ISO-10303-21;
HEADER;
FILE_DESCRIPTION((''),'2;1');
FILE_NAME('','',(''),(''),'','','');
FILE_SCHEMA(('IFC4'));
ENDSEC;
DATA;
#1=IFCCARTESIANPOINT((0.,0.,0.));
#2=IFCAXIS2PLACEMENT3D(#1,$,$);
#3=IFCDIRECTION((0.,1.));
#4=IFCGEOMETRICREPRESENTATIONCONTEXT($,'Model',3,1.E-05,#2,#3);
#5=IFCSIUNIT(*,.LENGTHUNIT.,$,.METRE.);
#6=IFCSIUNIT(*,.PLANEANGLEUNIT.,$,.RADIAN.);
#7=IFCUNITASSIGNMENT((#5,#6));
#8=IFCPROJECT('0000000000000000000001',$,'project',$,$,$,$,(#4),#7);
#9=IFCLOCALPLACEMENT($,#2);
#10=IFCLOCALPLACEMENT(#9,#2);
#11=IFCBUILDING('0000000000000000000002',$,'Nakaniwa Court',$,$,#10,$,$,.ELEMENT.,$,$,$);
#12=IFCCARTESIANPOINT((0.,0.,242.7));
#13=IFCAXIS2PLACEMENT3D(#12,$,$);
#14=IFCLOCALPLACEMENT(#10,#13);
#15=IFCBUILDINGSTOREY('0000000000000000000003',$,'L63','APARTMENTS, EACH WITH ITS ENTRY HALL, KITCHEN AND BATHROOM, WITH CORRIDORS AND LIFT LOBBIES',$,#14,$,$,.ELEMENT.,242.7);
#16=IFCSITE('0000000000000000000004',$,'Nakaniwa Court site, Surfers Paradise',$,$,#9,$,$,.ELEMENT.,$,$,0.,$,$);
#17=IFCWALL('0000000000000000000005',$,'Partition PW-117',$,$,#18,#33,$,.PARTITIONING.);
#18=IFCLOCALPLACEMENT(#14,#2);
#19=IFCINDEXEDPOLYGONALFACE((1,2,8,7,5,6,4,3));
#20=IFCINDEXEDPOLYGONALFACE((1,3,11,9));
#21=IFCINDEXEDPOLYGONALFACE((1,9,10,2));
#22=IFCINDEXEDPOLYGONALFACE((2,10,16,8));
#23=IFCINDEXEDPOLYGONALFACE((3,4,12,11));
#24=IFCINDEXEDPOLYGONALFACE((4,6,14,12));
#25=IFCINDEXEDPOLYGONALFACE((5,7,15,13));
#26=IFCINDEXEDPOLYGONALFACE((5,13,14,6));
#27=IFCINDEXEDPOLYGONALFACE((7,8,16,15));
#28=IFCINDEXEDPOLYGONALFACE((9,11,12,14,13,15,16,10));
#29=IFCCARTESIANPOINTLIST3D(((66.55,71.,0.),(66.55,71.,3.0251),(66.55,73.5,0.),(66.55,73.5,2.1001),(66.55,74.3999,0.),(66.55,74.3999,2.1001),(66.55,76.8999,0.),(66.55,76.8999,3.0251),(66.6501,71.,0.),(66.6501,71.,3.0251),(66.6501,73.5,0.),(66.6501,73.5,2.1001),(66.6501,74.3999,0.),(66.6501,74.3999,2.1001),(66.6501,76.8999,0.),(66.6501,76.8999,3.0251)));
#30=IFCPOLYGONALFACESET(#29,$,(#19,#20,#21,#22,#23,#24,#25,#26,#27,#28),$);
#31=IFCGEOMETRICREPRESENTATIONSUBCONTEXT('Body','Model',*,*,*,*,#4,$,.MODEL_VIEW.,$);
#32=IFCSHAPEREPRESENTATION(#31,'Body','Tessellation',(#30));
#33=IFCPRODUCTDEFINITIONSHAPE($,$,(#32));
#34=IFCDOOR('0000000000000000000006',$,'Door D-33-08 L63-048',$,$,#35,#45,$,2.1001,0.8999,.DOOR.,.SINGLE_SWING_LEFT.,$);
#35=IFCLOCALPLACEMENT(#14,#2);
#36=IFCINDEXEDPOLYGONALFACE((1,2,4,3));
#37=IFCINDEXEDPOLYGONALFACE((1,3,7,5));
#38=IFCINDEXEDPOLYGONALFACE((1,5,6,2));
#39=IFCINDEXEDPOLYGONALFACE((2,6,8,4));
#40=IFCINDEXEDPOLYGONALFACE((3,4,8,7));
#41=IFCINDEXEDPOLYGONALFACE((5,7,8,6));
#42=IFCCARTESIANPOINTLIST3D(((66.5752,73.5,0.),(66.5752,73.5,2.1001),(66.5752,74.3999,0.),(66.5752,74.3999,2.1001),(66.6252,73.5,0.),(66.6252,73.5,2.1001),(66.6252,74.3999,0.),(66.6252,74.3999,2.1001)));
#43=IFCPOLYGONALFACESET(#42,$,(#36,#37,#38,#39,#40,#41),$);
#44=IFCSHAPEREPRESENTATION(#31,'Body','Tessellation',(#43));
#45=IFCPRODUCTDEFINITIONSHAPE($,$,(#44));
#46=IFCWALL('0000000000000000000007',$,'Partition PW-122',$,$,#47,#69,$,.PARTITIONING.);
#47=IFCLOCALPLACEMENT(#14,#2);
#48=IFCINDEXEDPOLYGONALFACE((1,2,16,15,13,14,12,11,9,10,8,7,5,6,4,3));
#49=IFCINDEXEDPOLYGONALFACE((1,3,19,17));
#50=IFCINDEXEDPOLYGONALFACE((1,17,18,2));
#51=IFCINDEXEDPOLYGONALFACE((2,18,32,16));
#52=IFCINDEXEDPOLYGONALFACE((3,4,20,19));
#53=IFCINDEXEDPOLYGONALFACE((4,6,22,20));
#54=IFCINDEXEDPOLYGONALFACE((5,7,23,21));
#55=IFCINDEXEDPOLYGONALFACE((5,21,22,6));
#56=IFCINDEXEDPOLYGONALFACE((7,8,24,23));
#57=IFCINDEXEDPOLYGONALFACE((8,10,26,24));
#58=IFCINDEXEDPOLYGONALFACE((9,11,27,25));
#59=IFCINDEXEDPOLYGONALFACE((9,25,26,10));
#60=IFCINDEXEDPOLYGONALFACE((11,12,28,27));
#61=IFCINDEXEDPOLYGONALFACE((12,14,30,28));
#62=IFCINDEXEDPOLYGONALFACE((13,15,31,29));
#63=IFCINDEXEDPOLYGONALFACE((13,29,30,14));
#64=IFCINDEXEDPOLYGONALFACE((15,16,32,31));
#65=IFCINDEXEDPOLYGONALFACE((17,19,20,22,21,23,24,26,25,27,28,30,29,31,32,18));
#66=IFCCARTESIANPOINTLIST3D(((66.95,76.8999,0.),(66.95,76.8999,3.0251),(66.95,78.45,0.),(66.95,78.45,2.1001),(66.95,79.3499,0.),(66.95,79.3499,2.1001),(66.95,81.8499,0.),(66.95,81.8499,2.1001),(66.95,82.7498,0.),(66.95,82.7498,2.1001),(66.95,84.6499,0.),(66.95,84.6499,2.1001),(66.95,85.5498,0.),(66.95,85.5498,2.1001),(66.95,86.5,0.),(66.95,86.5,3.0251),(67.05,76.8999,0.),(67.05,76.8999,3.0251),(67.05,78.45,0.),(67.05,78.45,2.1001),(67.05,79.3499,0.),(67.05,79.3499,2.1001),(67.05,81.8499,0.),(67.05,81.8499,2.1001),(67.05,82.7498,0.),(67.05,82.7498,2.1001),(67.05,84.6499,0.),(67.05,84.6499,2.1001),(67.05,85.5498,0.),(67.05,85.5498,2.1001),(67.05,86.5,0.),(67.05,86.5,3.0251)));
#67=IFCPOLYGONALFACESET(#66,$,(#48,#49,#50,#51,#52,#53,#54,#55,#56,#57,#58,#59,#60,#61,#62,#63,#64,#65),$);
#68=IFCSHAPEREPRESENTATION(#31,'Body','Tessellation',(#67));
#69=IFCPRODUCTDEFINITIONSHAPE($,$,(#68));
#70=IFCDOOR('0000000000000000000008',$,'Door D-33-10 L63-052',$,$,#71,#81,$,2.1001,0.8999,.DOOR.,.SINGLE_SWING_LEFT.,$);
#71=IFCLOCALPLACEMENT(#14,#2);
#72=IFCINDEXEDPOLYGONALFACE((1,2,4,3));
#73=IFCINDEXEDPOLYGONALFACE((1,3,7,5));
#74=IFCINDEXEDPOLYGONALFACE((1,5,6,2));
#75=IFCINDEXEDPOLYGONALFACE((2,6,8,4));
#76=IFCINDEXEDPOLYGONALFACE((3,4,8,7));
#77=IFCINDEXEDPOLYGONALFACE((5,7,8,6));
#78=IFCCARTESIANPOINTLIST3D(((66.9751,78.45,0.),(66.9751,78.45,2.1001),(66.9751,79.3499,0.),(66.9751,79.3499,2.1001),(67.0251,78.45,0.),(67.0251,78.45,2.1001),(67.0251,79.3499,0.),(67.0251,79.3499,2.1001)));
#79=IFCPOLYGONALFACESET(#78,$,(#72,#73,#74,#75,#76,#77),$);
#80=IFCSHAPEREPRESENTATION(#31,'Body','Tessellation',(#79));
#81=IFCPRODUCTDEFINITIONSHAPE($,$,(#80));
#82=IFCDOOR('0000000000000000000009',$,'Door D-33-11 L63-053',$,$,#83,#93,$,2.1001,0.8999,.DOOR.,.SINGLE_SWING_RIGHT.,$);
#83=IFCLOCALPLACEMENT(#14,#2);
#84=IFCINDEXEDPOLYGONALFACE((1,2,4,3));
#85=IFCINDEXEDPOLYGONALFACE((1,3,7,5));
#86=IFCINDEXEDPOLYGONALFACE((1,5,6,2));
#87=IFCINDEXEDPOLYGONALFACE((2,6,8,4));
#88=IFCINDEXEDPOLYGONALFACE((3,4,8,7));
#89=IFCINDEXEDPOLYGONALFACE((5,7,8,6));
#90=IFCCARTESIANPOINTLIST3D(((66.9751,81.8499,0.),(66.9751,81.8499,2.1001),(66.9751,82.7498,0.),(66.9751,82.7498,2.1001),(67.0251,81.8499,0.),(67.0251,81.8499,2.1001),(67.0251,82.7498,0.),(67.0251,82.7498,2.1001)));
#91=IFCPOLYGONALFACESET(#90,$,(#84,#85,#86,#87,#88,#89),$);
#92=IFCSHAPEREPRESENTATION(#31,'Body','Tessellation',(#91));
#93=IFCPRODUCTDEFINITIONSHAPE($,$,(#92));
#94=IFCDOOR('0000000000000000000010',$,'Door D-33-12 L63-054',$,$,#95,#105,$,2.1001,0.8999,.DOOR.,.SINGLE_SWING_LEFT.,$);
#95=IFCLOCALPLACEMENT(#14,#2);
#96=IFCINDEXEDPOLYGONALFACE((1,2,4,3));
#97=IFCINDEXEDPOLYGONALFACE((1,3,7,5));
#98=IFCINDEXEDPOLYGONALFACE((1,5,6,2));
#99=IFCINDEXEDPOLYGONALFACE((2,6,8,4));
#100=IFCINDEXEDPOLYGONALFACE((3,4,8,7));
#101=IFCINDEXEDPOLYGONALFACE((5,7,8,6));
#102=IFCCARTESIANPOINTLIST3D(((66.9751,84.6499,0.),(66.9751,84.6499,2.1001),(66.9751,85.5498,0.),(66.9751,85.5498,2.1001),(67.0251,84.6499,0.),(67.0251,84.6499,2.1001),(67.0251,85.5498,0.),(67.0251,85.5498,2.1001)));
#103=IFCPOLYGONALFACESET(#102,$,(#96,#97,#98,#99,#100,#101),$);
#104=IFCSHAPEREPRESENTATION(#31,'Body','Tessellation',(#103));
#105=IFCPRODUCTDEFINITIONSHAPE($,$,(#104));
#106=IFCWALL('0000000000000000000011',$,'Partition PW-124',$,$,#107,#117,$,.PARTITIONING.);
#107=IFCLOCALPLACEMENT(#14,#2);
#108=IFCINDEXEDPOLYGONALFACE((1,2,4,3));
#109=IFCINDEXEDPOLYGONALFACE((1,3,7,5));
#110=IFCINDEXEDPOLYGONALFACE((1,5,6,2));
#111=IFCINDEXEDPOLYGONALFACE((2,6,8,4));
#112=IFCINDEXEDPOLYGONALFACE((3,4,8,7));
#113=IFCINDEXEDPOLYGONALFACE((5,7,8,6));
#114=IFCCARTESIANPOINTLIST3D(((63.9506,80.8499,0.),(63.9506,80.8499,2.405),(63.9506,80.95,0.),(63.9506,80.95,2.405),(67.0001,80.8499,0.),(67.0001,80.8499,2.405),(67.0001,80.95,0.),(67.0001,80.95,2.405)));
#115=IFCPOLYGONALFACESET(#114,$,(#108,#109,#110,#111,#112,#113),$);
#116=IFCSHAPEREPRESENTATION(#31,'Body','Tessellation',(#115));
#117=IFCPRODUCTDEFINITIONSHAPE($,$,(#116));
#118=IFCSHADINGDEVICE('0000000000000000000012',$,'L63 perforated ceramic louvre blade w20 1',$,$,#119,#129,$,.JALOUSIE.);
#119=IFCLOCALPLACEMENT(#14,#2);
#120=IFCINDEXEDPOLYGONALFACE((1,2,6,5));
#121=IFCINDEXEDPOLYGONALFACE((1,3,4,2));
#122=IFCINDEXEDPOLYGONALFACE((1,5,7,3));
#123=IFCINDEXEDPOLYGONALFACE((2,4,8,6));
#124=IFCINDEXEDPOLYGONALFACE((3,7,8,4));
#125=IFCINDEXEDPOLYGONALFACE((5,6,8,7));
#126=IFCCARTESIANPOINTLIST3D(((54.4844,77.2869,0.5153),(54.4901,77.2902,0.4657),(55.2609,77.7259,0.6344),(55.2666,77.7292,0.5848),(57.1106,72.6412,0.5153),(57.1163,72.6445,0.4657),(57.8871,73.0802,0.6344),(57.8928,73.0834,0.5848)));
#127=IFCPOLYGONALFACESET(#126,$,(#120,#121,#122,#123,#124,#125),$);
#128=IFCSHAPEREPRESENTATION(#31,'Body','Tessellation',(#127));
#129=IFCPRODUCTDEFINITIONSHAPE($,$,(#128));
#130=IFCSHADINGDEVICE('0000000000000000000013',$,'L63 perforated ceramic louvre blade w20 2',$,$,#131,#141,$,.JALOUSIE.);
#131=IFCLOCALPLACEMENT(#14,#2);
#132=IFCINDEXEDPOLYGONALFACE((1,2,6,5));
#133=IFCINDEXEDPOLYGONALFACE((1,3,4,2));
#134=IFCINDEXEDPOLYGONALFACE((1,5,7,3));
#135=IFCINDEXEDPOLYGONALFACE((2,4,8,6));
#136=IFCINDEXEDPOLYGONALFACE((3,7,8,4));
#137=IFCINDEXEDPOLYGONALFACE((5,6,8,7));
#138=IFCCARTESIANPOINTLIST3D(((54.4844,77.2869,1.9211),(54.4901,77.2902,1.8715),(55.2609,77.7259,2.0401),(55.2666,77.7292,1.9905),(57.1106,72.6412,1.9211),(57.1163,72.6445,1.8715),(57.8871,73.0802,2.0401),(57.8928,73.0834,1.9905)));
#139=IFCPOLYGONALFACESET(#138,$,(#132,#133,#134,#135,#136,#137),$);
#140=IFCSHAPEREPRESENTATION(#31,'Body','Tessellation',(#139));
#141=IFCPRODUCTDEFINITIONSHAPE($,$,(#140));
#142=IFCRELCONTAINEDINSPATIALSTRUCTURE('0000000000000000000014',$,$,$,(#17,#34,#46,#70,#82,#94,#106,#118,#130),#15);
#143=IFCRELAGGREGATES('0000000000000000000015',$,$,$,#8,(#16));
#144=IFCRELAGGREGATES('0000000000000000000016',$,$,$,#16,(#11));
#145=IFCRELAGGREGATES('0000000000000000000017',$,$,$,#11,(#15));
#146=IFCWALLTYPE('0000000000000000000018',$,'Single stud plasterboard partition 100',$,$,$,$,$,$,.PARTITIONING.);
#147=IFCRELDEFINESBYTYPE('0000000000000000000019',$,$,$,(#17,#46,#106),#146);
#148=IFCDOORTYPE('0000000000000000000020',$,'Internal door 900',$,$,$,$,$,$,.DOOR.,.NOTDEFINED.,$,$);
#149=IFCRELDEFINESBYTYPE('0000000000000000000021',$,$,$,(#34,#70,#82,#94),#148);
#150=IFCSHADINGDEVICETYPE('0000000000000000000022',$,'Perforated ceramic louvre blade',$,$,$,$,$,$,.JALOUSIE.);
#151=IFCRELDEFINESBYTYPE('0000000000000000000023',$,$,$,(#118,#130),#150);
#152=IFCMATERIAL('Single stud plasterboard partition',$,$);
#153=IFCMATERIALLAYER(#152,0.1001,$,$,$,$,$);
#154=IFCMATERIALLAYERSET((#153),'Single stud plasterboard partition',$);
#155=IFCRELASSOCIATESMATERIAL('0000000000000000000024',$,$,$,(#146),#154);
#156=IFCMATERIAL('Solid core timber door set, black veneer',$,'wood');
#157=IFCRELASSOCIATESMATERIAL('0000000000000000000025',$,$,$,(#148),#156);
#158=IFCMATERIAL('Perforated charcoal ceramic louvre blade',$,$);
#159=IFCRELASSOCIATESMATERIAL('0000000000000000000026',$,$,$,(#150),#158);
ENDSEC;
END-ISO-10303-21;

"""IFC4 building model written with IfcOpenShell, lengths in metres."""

from ifc_helpers import new_model, si_unit, direction, frame, frame_2d, origin, origin_2d, place, context, subcontext, project, spatial, rectangle, extrude, material, layer, layer_set, material_profile, profile_set, type_object, element, fill, save


model = new_model("IFC4")

# Units and contexts
model_context = context("Model", 3, precision=1e-05, world=origin(), true_north=direction((0.0, 1.0)))
body_context = subcontext(model_context, "Body", "Model", "MODEL_VIEW")
ifc_project = project(units=[si_unit("LENGTHUNIT", "METRE"), si_unit("PLANEANGLEUNIT", "RADIAN")], contexts=[model_context])

# Site, building, storey
site_placement = place(None, origin())
site = spatial("IfcSite", under=ifc_project, at=site_placement, Name="Nakaniwa Court site, Surfers Paradise", CompositionType="ELEMENT", RefElevation=0.0)
building_placement = place(site_placement, origin())
building = spatial("IfcBuilding", under=site, at=building_placement, Name="Nakaniwa Court", CompositionType="ELEMENT")
storey_placement = place(building_placement, frame((0.0, 0.0, 242.7)))
storey = spatial("IfcBuildingStorey", under=building, at=storey_placement, Name="L63", Description="APARTMENTS, EACH WITH ITS ENTRY HALL, KITCHEN AND BATHROOM, WITH CORRIDORS AND LIFT LOBBIES", CompositionType="ELEMENT", Elevation=242.7)

# Shared definitions
ifc_material_1 = material(Name="Single stud plasterboard partition")
ifc_layer_1 = layer(ifc_material_1, 0.1001)
ifc_layer_set_1 = layer_set([ifc_layer_1], Name="Single stud plasterboard partition")
wall_type_1 = type_object("IfcWallType", Name="Single stud plasterboard partition 100", PredefinedType="PARTITIONING", material=ifc_layer_set_1)

# Shared definitions
ifc_material_2 = material(Name="Solid core timber door set, black veneer", Category="wood")
door_type = type_object("IfcDoorType", Name="Internal door 900", OperationType="NOTDEFINED", PredefinedType="DOOR", material=ifc_material_2)

# Wall, opening, door
wall_1_placement = place(storey_placement, frame((66.6001, 71.0, 0.0), z_axis=(0.0, 0.0, 1.0), x_axis=(0.0, 1.0, 0.0)))
wall_1 = element("IfcWall", 1, at=wall_1_placement, inside=storey, type_object=wall_type_1, Name="Partition PW-117", PredefinedType="PARTITIONING", context=body_context, shape_type="SweptSolid", body=[
    extrude(rectangle(XDim=5.8999, YDim=0.1001, at=frame_2d((2.95, 0.0))), origin(), (0.0, 0.0, 1.0), 3.0251),
])
opening_1_placement = place(wall_1_placement, frame((2.5, 0.0, 0.0)))
opening_1 = element("IfcOpeningElement", 2, at=opening_1_placement, cuts=wall_1, PredefinedType="OPENING", context=body_context, shape_type="SweptSolid", body=[
    extrude(rectangle(XDim=0.8999, YDim=2.1001, at=frame_2d((0.45, 1.05))), frame((0.0, 0.0601, 0.0), z_axis=(0.0, -1.0, 0.0), x_axis=(1.0, 0.0, 0.0)), (0.0, 0.0, 1.0), 0.1201),
])
door_1_placement = place(opening_1_placement, origin())
door_1 = element("IfcDoor", 3, at=door_1_placement, inside=storey, type_object=door_type, Name="Door D-33-08 L63-048", OperationType="SINGLE_SWING_LEFT", OverallHeight=2.1001, OverallWidth=0.8999, PredefinedType="DOOR", context=body_context, shape_type="SweptSolid", body=[
    extrude(rectangle(XDim=0.8999, YDim=2.1001, at=frame_2d((0.45, 1.05))), frame((0.0, 0.0249, 0.0), z_axis=(0.0, -1.0, 0.0), x_axis=(1.0, 0.0, 0.0)), (0.0, 0.0, 1.0), 0.05),
])
fill(opening_1, door_1)

# Wall, openings, doors
wall_2_placement = place(storey_placement, frame((67.0, 76.8999, 0.0), z_axis=(0.0, 0.0, 1.0), x_axis=(0.0, 1.0, 0.0)))
wall_2 = element("IfcWall", 4, at=wall_2_placement, inside=storey, type_object=wall_type_1, Name="Partition PW-122", PredefinedType="PARTITIONING", context=body_context, shape_type="SweptSolid", body=[
    extrude(rectangle(XDim=9.6001, YDim=0.1001, at=frame_2d((4.8, 0.0))), origin(), (0.0, 0.0, 1.0), 3.0251),
])
opening_2_placement = place(wall_2_placement, frame((1.55, 0.0, 0.0)))
opening_2 = element("IfcOpeningElement", 5, at=opening_2_placement, cuts=wall_2, PredefinedType="OPENING", context=body_context, shape_type="SweptSolid", body=[
    extrude(rectangle(XDim=0.8999, YDim=2.1001, at=frame_2d((0.45, 1.05))), frame((0.0, 0.0601, 0.0), z_axis=(0.0, -1.0, 0.0), x_axis=(1.0, 0.0, 0.0)), (0.0, 0.0, 1.0), 0.1201),
])
opening_3_placement = place(wall_2_placement, frame((4.95, 0.0, 0.0)))
opening_3 = element("IfcOpeningElement", 6, at=opening_3_placement, cuts=wall_2, PredefinedType="OPENING", context=body_context, shape_type="SweptSolid", body=[
    extrude(rectangle(XDim=0.8999, YDim=2.1001, at=frame_2d((0.45, 1.05))), frame((0.0, 0.0601, 0.0), z_axis=(0.0, -1.0, 0.0), x_axis=(1.0, 0.0, 0.0)), (0.0, 0.0, 1.0), 0.1201),
])
opening_4_placement = place(wall_2_placement, frame((7.75, 0.0, 0.0)))
opening_4 = element("IfcOpeningElement", 7, at=opening_4_placement, cuts=wall_2, PredefinedType="OPENING", context=body_context, shape_type="SweptSolid", body=[
    extrude(rectangle(XDim=0.8999, YDim=2.1001, at=frame_2d((0.45, 1.05))), frame((0.0, 0.0601, 0.0), z_axis=(0.0, -1.0, 0.0), x_axis=(1.0, 0.0, 0.0)), (0.0, 0.0, 1.0), 0.1201),
])
door_2_placement = place(opening_2_placement, origin())
door_2 = element("IfcDoor", 8, at=door_2_placement, inside=storey, type_object=door_type, Name="Door D-33-10 L63-052", OperationType="SINGLE_SWING_LEFT", OverallHeight=2.1001, OverallWidth=0.8999, PredefinedType="DOOR", context=body_context, shape_type="SweptSolid", body=[
    extrude(rectangle(XDim=0.8999, YDim=2.1001, at=frame_2d((0.45, 1.05))), frame((0.0, 0.0249, 0.0), z_axis=(0.0, -1.0, 0.0), x_axis=(1.0, 0.0, 0.0)), (0.0, 0.0, 1.0), 0.05),
])
fill(opening_2, door_2)
door_3_placement = place(opening_3_placement, origin())
door_3 = element("IfcDoor", 9, at=door_3_placement, inside=storey, type_object=door_type, Name="Door D-33-11 L63-053", OperationType="SINGLE_SWING_RIGHT", OverallHeight=2.1001, OverallWidth=0.8999, PredefinedType="DOOR", context=body_context, shape_type="SweptSolid", body=[
    extrude(rectangle(XDim=0.8999, YDim=2.1001, at=frame_2d((0.45, 1.05))), frame((0.0, 0.0249, 0.0), z_axis=(0.0, -1.0, 0.0), x_axis=(1.0, 0.0, 0.0)), (0.0, 0.0, 1.0), 0.05),
])
fill(opening_3, door_3)
door_4_placement = place(opening_4_placement, origin())
door_4 = element("IfcDoor", 10, at=door_4_placement, inside=storey, type_object=door_type, Name="Door D-33-12 L63-054", OperationType="SINGLE_SWING_LEFT", OverallHeight=2.1001, OverallWidth=0.8999, PredefinedType="DOOR", context=body_context, shape_type="SweptSolid", body=[
    extrude(rectangle(XDim=0.8999, YDim=2.1001, at=frame_2d((0.45, 1.05))), frame((0.0, 0.0249, 0.0), z_axis=(0.0, -1.0, 0.0), x_axis=(1.0, 0.0, 0.0)), (0.0, 0.0, 1.0), 0.05),
])
fill(opening_4, door_4)

# Wall
wall_3_placement = place(storey_placement, frame((63.9504, 80.8999, 0.0), z_axis=(0.0, 0.0, 1.0), x_axis=(1.0, 0.0, 0.0)))
element("IfcWall", 11, at=wall_3_placement, inside=storey, type_object=wall_type_1, Name="Partition PW-124", PredefinedType="PARTITIONING", context=body_context, shape_type="SweptSolid", body=[
    extrude(rectangle(XDim=3.0496, YDim=0.1001, at=frame_2d((1.5249, 0.0))), origin(), (0.0, 0.0, 1.0), 2.405),
])

# Shading devices
ifc_material_3 = material(Name="Perforated charcoal ceramic louvre blade")
ifc_material_profile_1 = material_profile(ifc_material_3, rectangle(XDim=0.8999, YDim=0.05, at=origin_2d()), Name="Perforated ceramic louvre blade")
ifc_profile_set_1 = profile_set([ifc_material_profile_1], Name="Perforated charcoal ceramic louvre blade")
shading_device_type = type_object("IfcShadingDeviceType", Name="Perforated ceramic louvre blade", PredefinedType="JALOUSIE", material=ifc_profile_set_1)
for number, where, z_axis, x_axis, name in (
    (12, (54.8755, 77.5081, 0.55), (0.492109, -0.870534, 0.0), (0.862887, 0.487786, 0.132256), "L63 perforated ceramic louvre blade w20 1"),
    (13, (54.8755, 77.5081, 1.9558), (0.492109, -0.870534, 0.0), (0.862887, 0.487786, 0.132256), "L63 perforated ceramic louvre blade w20 2"),
):
    element("IfcShadingDevice", number, at=place(storey_placement, frame(where, z_axis=z_axis, x_axis=x_axis)), inside=storey, type_object=shading_device_type, Name=name, PredefinedType="JALOUSIE", context=body_context, shape_type="SweptSolid", body=[
        extrude(rectangle(XDim=0.8999, YDim=0.05, at=origin_2d()), origin(), (0.0, 0.0, 1.0), 5.3367),
    ])

save(model, "model.ifc")
